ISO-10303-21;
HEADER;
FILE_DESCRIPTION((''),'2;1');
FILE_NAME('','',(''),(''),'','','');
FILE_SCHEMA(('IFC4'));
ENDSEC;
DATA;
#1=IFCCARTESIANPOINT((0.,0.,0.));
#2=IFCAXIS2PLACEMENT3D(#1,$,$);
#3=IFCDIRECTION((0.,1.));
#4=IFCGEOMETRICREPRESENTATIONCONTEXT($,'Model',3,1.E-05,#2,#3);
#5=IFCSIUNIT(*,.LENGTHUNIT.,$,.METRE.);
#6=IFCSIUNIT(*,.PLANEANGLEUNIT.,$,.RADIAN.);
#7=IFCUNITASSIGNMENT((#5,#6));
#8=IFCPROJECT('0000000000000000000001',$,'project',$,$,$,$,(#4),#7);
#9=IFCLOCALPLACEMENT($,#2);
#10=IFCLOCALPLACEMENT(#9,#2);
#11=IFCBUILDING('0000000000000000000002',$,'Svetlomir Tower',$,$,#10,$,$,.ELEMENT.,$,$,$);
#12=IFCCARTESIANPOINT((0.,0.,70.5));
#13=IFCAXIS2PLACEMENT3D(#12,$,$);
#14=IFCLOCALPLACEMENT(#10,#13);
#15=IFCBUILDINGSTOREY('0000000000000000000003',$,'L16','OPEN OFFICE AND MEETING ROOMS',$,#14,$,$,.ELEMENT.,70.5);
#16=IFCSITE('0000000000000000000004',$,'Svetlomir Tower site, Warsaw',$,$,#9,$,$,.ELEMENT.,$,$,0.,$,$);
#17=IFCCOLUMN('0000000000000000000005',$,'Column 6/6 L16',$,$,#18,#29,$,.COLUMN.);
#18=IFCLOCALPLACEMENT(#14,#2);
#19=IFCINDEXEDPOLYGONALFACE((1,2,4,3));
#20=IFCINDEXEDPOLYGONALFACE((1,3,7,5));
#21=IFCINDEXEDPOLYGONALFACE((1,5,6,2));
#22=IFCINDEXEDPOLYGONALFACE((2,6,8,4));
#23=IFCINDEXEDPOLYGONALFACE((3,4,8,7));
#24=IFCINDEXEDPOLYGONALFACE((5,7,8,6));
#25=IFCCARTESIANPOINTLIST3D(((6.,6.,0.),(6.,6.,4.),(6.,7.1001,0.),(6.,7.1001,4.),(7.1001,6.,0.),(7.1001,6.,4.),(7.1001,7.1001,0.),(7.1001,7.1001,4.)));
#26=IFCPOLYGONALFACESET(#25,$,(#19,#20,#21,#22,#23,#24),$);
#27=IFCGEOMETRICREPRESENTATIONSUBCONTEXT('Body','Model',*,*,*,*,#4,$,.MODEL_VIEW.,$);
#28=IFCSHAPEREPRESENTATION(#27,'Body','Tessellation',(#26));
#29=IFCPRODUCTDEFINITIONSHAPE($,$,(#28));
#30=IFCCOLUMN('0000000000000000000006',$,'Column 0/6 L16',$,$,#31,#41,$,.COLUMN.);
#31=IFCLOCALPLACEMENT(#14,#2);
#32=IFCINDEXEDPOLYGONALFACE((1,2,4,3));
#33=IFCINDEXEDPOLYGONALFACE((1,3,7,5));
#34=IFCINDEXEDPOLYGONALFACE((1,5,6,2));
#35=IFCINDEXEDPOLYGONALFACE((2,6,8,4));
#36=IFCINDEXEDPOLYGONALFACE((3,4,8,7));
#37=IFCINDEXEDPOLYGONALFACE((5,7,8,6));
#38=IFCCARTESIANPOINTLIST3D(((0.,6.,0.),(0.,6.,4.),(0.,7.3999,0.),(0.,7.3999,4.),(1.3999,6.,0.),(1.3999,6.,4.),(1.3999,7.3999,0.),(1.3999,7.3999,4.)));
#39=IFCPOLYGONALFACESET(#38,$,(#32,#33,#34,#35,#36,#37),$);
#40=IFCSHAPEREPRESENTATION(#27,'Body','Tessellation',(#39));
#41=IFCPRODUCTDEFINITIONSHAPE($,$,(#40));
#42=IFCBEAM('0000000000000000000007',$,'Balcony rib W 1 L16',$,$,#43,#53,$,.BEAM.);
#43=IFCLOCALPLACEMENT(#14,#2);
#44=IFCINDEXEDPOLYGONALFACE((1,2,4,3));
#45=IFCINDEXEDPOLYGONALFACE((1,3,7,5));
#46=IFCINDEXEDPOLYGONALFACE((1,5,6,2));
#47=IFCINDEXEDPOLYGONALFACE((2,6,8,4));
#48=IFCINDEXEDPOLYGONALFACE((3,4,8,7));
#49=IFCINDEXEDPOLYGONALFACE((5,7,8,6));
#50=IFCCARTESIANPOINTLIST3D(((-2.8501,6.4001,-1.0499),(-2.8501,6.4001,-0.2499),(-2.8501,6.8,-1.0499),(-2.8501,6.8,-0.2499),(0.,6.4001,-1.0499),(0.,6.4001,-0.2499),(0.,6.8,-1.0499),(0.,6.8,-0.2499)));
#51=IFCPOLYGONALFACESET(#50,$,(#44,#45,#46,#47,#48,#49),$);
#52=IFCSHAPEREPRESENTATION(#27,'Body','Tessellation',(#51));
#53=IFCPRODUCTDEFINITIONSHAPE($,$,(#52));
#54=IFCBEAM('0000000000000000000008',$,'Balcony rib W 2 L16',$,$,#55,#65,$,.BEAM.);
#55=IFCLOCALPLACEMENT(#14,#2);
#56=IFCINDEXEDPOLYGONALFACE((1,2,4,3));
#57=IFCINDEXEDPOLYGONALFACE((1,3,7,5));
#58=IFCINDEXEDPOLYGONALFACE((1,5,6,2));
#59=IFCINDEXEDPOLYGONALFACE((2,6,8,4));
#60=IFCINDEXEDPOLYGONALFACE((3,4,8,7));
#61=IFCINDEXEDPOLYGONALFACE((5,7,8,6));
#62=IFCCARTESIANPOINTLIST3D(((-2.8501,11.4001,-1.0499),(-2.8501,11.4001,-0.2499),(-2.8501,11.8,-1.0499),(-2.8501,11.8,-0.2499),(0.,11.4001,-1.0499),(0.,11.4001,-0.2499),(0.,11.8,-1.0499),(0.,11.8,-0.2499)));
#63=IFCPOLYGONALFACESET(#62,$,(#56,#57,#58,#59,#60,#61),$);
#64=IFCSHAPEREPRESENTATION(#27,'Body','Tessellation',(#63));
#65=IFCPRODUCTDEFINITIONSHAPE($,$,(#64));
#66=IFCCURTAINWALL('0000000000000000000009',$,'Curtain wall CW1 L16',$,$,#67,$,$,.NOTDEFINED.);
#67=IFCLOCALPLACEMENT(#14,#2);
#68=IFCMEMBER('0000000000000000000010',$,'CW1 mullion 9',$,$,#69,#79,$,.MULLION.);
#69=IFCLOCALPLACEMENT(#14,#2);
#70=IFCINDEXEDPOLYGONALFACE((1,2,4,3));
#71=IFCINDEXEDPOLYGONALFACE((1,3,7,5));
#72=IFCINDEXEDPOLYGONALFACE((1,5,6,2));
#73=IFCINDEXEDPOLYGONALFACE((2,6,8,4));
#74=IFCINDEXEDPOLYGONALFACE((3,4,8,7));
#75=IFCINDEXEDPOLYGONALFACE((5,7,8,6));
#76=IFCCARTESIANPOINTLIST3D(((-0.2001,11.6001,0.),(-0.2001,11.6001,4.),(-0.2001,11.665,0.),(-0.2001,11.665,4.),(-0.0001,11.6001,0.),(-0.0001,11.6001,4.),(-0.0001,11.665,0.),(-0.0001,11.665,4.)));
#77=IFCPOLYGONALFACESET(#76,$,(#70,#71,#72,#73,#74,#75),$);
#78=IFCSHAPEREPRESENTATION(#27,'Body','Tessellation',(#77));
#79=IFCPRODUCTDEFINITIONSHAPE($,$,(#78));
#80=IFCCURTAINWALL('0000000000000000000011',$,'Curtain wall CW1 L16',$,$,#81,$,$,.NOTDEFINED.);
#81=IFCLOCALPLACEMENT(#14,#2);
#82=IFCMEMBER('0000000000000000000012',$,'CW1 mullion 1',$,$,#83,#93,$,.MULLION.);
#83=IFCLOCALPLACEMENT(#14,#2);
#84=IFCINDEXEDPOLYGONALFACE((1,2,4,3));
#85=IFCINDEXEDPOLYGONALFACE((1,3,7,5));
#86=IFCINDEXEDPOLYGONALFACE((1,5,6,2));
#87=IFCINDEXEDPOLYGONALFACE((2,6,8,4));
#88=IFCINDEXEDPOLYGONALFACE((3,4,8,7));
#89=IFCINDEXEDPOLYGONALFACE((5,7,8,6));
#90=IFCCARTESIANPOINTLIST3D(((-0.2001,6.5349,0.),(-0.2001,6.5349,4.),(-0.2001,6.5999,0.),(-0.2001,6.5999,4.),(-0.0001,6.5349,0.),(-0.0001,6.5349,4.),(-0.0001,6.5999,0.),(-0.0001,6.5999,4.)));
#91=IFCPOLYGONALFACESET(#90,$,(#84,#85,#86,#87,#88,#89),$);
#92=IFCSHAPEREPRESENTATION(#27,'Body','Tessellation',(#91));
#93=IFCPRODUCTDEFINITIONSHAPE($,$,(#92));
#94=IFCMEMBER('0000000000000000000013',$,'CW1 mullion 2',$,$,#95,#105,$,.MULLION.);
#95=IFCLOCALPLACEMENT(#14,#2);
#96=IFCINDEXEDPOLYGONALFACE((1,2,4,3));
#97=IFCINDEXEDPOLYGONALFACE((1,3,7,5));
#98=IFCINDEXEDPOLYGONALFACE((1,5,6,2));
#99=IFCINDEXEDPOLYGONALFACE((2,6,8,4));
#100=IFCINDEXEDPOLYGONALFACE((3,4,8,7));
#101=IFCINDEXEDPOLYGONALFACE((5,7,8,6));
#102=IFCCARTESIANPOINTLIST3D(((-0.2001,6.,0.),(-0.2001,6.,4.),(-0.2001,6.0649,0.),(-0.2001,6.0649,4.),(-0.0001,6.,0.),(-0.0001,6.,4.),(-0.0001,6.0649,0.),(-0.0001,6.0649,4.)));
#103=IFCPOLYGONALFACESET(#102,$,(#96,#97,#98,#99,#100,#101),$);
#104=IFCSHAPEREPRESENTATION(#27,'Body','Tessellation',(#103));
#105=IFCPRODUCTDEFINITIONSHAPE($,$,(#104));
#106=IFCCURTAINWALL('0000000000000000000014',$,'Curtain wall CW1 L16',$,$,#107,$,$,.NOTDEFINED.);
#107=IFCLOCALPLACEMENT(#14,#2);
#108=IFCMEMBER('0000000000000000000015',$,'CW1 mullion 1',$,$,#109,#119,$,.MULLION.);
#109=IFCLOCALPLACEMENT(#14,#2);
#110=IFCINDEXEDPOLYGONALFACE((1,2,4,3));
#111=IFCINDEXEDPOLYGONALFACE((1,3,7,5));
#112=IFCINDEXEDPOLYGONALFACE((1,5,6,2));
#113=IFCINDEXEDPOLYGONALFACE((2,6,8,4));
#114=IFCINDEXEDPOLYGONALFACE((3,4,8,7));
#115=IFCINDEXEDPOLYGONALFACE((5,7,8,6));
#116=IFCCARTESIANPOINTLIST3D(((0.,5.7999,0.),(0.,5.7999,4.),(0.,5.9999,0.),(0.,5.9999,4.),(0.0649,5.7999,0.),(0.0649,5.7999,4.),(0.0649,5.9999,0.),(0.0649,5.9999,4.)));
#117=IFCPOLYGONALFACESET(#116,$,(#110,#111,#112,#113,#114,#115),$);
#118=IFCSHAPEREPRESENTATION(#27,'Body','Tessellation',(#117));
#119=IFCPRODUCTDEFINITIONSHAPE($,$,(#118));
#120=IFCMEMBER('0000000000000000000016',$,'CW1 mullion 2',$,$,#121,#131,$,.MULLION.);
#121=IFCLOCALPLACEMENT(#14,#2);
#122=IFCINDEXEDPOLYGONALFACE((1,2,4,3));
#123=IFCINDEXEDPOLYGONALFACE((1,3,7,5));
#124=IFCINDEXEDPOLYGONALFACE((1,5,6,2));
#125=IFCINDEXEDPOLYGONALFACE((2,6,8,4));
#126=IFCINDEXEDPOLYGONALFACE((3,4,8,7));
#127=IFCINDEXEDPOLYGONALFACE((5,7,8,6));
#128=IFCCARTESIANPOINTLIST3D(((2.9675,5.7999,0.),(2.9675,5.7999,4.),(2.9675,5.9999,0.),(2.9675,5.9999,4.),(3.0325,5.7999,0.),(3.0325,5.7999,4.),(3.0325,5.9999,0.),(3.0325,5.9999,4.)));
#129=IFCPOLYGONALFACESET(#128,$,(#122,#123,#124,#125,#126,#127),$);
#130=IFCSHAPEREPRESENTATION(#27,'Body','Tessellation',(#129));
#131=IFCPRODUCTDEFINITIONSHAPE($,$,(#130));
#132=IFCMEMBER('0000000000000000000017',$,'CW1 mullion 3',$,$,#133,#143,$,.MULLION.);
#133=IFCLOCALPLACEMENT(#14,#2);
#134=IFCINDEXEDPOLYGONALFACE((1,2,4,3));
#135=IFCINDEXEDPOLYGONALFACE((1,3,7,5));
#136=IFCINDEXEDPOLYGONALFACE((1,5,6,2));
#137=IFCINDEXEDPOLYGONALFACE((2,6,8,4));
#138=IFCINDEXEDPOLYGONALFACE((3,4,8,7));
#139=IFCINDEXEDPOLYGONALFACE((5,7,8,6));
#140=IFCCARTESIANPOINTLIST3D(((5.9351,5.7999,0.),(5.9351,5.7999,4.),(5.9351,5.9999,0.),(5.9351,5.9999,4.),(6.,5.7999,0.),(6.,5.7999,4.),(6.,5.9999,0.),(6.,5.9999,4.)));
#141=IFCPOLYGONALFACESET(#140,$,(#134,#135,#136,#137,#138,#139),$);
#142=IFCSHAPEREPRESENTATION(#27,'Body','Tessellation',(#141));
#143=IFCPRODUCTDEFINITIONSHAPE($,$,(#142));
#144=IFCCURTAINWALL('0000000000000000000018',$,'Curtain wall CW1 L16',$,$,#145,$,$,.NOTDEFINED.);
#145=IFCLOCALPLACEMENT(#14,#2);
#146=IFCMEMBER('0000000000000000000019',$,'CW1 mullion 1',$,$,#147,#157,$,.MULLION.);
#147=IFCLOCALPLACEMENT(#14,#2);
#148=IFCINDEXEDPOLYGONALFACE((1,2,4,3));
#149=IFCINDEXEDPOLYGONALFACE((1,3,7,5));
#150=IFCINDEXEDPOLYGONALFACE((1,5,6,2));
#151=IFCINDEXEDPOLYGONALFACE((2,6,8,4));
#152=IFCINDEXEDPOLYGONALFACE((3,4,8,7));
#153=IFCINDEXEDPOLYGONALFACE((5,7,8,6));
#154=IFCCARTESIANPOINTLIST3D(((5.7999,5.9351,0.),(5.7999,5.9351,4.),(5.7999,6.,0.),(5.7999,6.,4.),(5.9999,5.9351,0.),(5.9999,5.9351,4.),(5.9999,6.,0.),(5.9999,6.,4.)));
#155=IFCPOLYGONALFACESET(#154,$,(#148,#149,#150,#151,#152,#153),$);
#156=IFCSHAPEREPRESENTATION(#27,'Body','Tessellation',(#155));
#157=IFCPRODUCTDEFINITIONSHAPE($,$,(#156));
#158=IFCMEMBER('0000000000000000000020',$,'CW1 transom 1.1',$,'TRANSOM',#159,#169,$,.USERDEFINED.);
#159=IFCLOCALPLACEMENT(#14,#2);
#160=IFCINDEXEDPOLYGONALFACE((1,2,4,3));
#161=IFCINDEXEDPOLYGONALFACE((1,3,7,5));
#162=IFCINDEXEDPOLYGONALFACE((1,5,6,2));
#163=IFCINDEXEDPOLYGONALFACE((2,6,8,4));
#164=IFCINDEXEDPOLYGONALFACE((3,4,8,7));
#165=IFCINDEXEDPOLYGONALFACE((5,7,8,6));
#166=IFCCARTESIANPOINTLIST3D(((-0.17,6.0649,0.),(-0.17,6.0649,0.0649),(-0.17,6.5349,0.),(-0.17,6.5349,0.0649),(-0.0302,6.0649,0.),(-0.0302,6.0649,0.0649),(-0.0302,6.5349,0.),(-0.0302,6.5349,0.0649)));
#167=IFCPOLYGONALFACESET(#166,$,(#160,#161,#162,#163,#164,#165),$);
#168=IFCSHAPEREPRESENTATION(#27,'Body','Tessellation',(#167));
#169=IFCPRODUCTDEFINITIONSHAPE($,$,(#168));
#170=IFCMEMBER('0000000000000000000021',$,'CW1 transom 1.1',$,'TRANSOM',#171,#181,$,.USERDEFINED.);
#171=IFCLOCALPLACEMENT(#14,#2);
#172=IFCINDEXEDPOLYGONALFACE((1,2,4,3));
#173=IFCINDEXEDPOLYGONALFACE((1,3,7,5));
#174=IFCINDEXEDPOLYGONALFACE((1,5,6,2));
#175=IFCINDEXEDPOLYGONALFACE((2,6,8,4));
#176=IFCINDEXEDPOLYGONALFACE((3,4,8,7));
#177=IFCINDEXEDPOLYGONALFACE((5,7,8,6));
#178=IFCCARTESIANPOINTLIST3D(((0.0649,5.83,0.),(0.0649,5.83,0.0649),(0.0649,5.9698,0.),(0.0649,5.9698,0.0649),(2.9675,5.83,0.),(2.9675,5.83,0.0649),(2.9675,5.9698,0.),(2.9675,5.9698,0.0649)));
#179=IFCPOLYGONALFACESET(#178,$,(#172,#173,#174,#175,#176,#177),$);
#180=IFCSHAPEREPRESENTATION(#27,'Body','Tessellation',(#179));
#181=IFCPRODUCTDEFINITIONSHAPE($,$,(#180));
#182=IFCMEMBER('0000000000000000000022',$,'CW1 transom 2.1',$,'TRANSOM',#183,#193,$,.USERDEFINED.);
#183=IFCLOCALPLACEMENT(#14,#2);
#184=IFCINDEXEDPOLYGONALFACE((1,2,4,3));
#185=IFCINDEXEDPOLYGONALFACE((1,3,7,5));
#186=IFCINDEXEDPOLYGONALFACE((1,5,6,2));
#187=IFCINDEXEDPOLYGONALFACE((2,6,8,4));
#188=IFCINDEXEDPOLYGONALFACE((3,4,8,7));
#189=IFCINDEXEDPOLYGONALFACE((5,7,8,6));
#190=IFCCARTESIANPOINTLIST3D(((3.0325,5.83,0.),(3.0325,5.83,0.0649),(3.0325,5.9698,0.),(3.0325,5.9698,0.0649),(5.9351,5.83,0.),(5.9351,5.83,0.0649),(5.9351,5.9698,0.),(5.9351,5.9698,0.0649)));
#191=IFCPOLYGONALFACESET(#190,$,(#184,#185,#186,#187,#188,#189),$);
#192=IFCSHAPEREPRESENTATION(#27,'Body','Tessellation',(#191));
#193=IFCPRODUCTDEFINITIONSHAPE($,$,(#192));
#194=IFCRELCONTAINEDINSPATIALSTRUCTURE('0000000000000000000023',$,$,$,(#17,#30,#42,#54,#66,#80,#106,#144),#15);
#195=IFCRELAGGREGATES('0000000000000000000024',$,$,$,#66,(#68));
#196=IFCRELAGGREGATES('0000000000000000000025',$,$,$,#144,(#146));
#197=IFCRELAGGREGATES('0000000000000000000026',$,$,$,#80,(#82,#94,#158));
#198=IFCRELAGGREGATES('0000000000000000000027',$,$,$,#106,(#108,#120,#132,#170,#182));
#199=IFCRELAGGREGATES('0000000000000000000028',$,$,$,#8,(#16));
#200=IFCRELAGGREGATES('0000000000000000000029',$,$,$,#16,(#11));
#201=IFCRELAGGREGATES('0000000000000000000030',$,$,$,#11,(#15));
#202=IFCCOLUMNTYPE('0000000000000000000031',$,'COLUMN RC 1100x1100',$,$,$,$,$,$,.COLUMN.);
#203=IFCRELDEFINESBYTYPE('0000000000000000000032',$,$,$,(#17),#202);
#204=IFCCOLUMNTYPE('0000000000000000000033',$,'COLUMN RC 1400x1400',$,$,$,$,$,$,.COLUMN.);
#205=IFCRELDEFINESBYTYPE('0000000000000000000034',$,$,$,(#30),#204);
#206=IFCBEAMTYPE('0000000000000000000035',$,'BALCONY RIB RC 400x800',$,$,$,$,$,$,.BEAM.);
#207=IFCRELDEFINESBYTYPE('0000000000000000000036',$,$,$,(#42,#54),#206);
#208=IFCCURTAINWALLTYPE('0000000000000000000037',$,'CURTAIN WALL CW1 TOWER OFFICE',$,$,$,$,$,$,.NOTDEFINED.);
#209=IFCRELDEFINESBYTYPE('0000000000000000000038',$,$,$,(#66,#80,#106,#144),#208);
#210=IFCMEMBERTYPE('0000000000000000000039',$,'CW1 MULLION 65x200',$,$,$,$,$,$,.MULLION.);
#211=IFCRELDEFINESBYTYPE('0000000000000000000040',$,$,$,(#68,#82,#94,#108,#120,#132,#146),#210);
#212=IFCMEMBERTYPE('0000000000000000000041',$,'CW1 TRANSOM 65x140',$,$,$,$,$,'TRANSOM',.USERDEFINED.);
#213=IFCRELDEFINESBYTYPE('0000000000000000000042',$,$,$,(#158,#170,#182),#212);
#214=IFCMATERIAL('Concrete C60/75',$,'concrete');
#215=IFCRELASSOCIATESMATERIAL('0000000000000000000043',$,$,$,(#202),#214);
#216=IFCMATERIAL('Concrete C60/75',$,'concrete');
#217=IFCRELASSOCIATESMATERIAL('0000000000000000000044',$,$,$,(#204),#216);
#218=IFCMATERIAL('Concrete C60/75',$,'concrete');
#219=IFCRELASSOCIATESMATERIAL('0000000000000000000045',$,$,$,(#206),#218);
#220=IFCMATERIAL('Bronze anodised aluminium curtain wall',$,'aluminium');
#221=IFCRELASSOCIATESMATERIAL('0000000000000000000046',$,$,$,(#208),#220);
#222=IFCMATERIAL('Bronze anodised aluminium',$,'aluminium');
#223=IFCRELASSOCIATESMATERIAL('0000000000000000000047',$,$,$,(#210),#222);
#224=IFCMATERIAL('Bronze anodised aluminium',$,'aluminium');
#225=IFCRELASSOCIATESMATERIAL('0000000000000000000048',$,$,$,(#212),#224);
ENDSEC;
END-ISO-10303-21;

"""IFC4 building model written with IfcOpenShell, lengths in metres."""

from ifc_helpers import new_model, si_unit, direction, frame, origin, origin_2d, place, context, subcontext, project, spatial, rectangle, extrude, material, material_profile, profile_set, type_object, element, aggregate, save


model = new_model("IFC4")

# Units and contexts
model_context = context("Model", 3, precision=1e-05, world=origin(), true_north=direction((0.0, 1.0)))
body_context = subcontext(model_context, "Body", "Model", "MODEL_VIEW")
ifc_project = project(units=[si_unit("LENGTHUNIT", "METRE"), si_unit("PLANEANGLEUNIT", "RADIAN")], contexts=[model_context])

# Site, building, storey
site_placement = place(None, origin())
site = spatial("IfcSite", under=ifc_project, at=site_placement, Name="Svetlomir Tower site, Warsaw", CompositionType="ELEMENT", RefElevation=0.0)
building_placement = place(site_placement, origin())
building = spatial("IfcBuilding", under=site, at=building_placement, Name="Svetlomir Tower", CompositionType="ELEMENT")
storey_placement = place(building_placement, frame((0.0, 0.0, 70.5)))
storey = spatial("IfcBuildingStorey", under=building, at=storey_placement, Name="L16", Description="OPEN OFFICE AND MEETING ROOMS", CompositionType="ELEMENT", Elevation=70.5)

# Columns
ifc_material_1 = material(Name="Concrete C60/75", Category="concrete")
ifc_material_profile_1 = material_profile(ifc_material_1, rectangle(XDim=1.1001, YDim=1.1001, at=origin_2d()), Name="RC 1100x1100")
ifc_profile_set_1 = profile_set([ifc_material_profile_1], Name="Concrete C60/75")
column_type_1 = type_object("IfcColumnType", Name="COLUMN RC 1100x1100", PredefinedType="COLUMN", material=ifc_profile_set_1)
column_1_placement = place(storey_placement, frame((6.55, 6.55, 0.0), z_axis=(0.0, 0.0, 1.0), x_axis=(1.0, 0.0, 0.0)))
element("IfcColumn", 1, at=column_1_placement, inside=storey, type_object=column_type_1, Name="Column 6/6 L16", PredefinedType="COLUMN", context=body_context, shape_type="SweptSolid", body=[
    extrude(rectangle(XDim=1.1001, YDim=1.1001, at=origin_2d()), origin(), (0.0, 0.0, 1.0), 4.0),
])
ifc_material_2 = material(Name="Concrete C60/75", Category="concrete")
ifc_material_profile_2 = material_profile(ifc_material_2, rectangle(XDim=1.3999, YDim=1.3999, at=origin_2d()), Name="RC 1400x1400")
ifc_profile_set_2 = profile_set([ifc_material_profile_2], Name="Concrete C60/75")
column_type_2 = type_object("IfcColumnType", Name="COLUMN RC 1400x1400", PredefinedType="COLUMN", material=ifc_profile_set_2)
column_2_placement = place(storey_placement, frame((0.7, 6.7, 0.0), z_axis=(0.0, 0.0, 1.0), x_axis=(1.0, 0.0, 0.0)))
element("IfcColumn", 2, at=column_2_placement, inside=storey, type_object=column_type_2, Name="Column 0/6 L16", PredefinedType="COLUMN", context=body_context, shape_type="SweptSolid", body=[
    extrude(rectangle(XDim=1.3999, YDim=1.3999, at=origin_2d()), origin(), (0.0, 0.0, 1.0), 4.0),
])

# Beams
ifc_material_3 = material(Name="Concrete C60/75", Category="concrete")
ifc_material_profile_3 = material_profile(ifc_material_3, rectangle(XDim=0.3999, YDim=0.8, at=origin_2d()), Name="RC 400x800")
ifc_profile_set_3 = profile_set([ifc_material_profile_3], Name="Concrete C60/75")
beam_type_1 = type_object("IfcBeamType", Name="BALCONY RIB RC 400x800", PredefinedType="BEAM", material=ifc_profile_set_3)
for number, where, z_axis, x_axis, name in (
    (3, (0.0, 6.6001, -0.6499), (-1.0, 0.0, 0.0), (0.0, -1.0, 0.0), "Balcony rib W 1 L16"),
    (4, (0.0, 11.6001, -0.6499), (-1.0, 0.0, 0.0), (0.0, -1.0, 0.0), "Balcony rib W 2 L16"),
):
    element("IfcBeam", number, at=place(storey_placement, frame(where, z_axis=z_axis, x_axis=x_axis)), inside=storey, type_object=beam_type_1, Name=name, PredefinedType="BEAM", context=body_context, shape_type="SweptSolid", body=[
        extrude(rectangle(XDim=0.3999, YDim=0.8, at=origin_2d()), origin(), (0.0, 0.0, 1.0), 2.8501),
    ])

# Curtain wall, member
ifc_material_4 = material(Name="Bronze anodised aluminium curtain wall", Category="aluminium")
curtain_wall_type = type_object("IfcCurtainWallType", Name="CURTAIN WALL CW1 TOWER OFFICE", PredefinedType="NOTDEFINED", material=ifc_material_4)
curtain_wall_1_placement = place(storey_placement, origin())
curtain_wall_1 = element("IfcCurtainWall", 5, at=curtain_wall_1_placement, inside=storey, type_object=curtain_wall_type, Name="Curtain wall CW1 L16", PredefinedType="NOTDEFINED")
ifc_material_5 = material(Name="Bronze anodised aluminium", Category="aluminium")
ifc_material_profile_4 = material_profile(ifc_material_5, rectangle(XDim=0.0649, YDim=0.2, at=origin_2d()), Name="AL 65x200")
ifc_profile_set_4 = profile_set([ifc_material_profile_4], Name="Bronze anodised aluminium 6063-T6")
member_type_1 = type_object("IfcMemberType", Name="CW1 MULLION 65x200", PredefinedType="MULLION", material=ifc_profile_set_4)
member_1_placement = place(storey_placement, frame((-0.1001, 11.6326, 0.0), z_axis=(0.0, 0.0, 1.0), x_axis=(0.0, -1.0, 0.0)))
member_1 = element("IfcMember", 6, at=member_1_placement, type_object=member_type_1, Name="CW1 mullion 9", PredefinedType="MULLION", context=body_context, shape_type="SweptSolid", body=[
    extrude(rectangle(XDim=0.0649, YDim=0.2, at=origin_2d()), origin(), (0.0, 0.0, 1.0), 4.0),
])
aggregate(curtain_wall_1, [member_1])

# Curtain walls, members
curtain_wall_2_placement = place(storey_placement, origin())
curtain_wall_2 = element("IfcCurtainWall", 7, at=curtain_wall_2_placement, inside=storey, type_object=curtain_wall_type, Name="Curtain wall CW1 L16", PredefinedType="NOTDEFINED")
member_2_placement = place(storey_placement, frame((-0.1001, 6.5674, 0.0), z_axis=(0.0, 0.0, 1.0), x_axis=(0.0, -1.0, 0.0)))
member_2 = element("IfcMember", 8, at=member_2_placement, type_object=member_type_1, Name="CW1 mullion 1", PredefinedType="MULLION", context=body_context, shape_type="SweptSolid", body=[
    extrude(rectangle(XDim=0.0649, YDim=0.2, at=origin_2d()), origin(), (0.0, 0.0, 1.0), 4.0),
])
member_3_placement = place(storey_placement, frame((-0.1001, 6.0325, 0.0), z_axis=(0.0, 0.0, 1.0), x_axis=(0.0, -1.0, 0.0)))
member_3 = element("IfcMember", 9, at=member_3_placement, type_object=member_type_1, Name="CW1 mullion 2", PredefinedType="MULLION", context=body_context, shape_type="SweptSolid", body=[
    extrude(rectangle(XDim=0.0649, YDim=0.2, at=origin_2d()), origin(), (0.0, 0.0, 1.0), 4.0),
])
curtain_wall_3_placement = place(storey_placement, origin())
curtain_wall_3 = element("IfcCurtainWall", 10, at=curtain_wall_3_placement, inside=storey, type_object=curtain_wall_type, Name="Curtain wall CW1 L16", PredefinedType="NOTDEFINED")
member_4_placement = place(storey_placement, frame((0.0325, 5.8999, 0.0), z_axis=(0.0, 0.0, 1.0), x_axis=(1.0, 0.0, 0.0)))
member_4 = element("IfcMember", 11, at=member_4_placement, type_object=member_type_1, Name="CW1 mullion 1", PredefinedType="MULLION", context=body_context, shape_type="SweptSolid", body=[
    extrude(rectangle(XDim=0.0649, YDim=0.2, at=origin_2d()), origin(), (0.0, 0.0, 1.0), 4.0),
])
member_5_placement = place(storey_placement, frame((3.0, 5.8999, 0.0), z_axis=(0.0, 0.0, 1.0), x_axis=(1.0, 0.0, 0.0)))
member_5 = element("IfcMember", 12, at=member_5_placement, type_object=member_type_1, Name="CW1 mullion 2", PredefinedType="MULLION", context=body_context, shape_type="SweptSolid", body=[
    extrude(rectangle(XDim=0.0649, YDim=0.2, at=origin_2d()), origin(), (0.0, 0.0, 1.0), 4.0),
])
member_6_placement = place(storey_placement, frame((5.9675, 5.8999, 0.0), z_axis=(0.0, 0.0, 1.0), x_axis=(1.0, 0.0, 0.0)))
member_6 = element("IfcMember", 13, at=member_6_placement, type_object=member_type_1, Name="CW1 mullion 3", PredefinedType="MULLION", context=body_context, shape_type="SweptSolid", body=[
    extrude(rectangle(XDim=0.0649, YDim=0.2, at=origin_2d()), origin(), (0.0, 0.0, 1.0), 4.0),
])

# Curtain wall, member
curtain_wall_4_placement = place(storey_placement, origin())
curtain_wall_4 = element("IfcCurtainWall", 14, at=curtain_wall_4_placement, inside=storey, type_object=curtain_wall_type, Name="Curtain wall CW1 L16", PredefinedType="NOTDEFINED")
member_7_placement = place(storey_placement, frame((5.8999, 5.9675, 0.0), z_axis=(0.0, 0.0, 1.0), x_axis=(0.0, -1.0, 0.0)))
member_7 = element("IfcMember", 15, at=member_7_placement, type_object=member_type_1, Name="CW1 mullion 1", PredefinedType="MULLION", context=body_context, shape_type="SweptSolid", body=[
    extrude(rectangle(XDim=0.0649, YDim=0.2, at=origin_2d()), origin(), (0.0, 0.0, 1.0), 4.0),
])

# Members
ifc_material_6 = material(Name="Bronze anodised aluminium", Category="aluminium")
ifc_material_profile_5 = material_profile(ifc_material_6, rectangle(XDim=0.1399, YDim=0.0649, at=origin_2d()), Name="AL 140x65")
ifc_profile_set_5 = profile_set([ifc_material_profile_5], Name="Bronze anodised aluminium 6063-T6")
member_type_2 = type_object("IfcMemberType", Name="CW1 TRANSOM 65x140", ElementType="TRANSOM", PredefinedType="USERDEFINED", material=ifc_profile_set_5)
member_8_placement = place(storey_placement, frame((-0.1001, 6.5349, 0.0325), z_axis=(0.0, -1.0, 0.0), x_axis=(1.0, 0.0, 0.0)))
member_8 = element("IfcMember", 16, at=member_8_placement, type_object=member_type_2, Name="CW1 transom 1.1", ObjectType="TRANSOM", PredefinedType="USERDEFINED", context=body_context, shape_type="SweptSolid", body=[
    extrude(rectangle(XDim=0.1399, YDim=0.0649, at=origin_2d()), origin(), (0.0, 0.0, 1.0), 0.47),
])
member_9_placement = place(storey_placement, frame((0.0649, 5.8999, 0.0325), z_axis=(1.0, 0.0, 0.0), x_axis=(0.0, 1.0, 0.0)))
member_9 = element("IfcMember", 17, at=member_9_placement, type_object=member_type_2, Name="CW1 transom 1.1", ObjectType="TRANSOM", PredefinedType="USERDEFINED", context=body_context, shape_type="SweptSolid", body=[
    extrude(rectangle(XDim=0.1399, YDim=0.0649, at=origin_2d()), origin(), (0.0, 0.0, 1.0), 2.9026),
])
member_10_placement = place(storey_placement, frame((3.0325, 5.8999, 0.0325), z_axis=(1.0, 0.0, 0.0), x_axis=(0.0, 1.0, 0.0)))
member_10 = element("IfcMember", 18, at=member_10_placement, type_object=member_type_2, Name="CW1 transom 2.1", ObjectType="TRANSOM", PredefinedType="USERDEFINED", context=body_context, shape_type="SweptSolid", body=[
    extrude(rectangle(XDim=0.1399, YDim=0.0649, at=origin_2d()), origin(), (0.0, 0.0, 1.0), 2.9026),
])
aggregate(curtain_wall_4, [member_7])

aggregate(curtain_wall_2, [member_2, member_3, member_8])
aggregate(curtain_wall_3, [member_4, member_5, member_6, member_9, member_10])

save(model, "model.ifc")
